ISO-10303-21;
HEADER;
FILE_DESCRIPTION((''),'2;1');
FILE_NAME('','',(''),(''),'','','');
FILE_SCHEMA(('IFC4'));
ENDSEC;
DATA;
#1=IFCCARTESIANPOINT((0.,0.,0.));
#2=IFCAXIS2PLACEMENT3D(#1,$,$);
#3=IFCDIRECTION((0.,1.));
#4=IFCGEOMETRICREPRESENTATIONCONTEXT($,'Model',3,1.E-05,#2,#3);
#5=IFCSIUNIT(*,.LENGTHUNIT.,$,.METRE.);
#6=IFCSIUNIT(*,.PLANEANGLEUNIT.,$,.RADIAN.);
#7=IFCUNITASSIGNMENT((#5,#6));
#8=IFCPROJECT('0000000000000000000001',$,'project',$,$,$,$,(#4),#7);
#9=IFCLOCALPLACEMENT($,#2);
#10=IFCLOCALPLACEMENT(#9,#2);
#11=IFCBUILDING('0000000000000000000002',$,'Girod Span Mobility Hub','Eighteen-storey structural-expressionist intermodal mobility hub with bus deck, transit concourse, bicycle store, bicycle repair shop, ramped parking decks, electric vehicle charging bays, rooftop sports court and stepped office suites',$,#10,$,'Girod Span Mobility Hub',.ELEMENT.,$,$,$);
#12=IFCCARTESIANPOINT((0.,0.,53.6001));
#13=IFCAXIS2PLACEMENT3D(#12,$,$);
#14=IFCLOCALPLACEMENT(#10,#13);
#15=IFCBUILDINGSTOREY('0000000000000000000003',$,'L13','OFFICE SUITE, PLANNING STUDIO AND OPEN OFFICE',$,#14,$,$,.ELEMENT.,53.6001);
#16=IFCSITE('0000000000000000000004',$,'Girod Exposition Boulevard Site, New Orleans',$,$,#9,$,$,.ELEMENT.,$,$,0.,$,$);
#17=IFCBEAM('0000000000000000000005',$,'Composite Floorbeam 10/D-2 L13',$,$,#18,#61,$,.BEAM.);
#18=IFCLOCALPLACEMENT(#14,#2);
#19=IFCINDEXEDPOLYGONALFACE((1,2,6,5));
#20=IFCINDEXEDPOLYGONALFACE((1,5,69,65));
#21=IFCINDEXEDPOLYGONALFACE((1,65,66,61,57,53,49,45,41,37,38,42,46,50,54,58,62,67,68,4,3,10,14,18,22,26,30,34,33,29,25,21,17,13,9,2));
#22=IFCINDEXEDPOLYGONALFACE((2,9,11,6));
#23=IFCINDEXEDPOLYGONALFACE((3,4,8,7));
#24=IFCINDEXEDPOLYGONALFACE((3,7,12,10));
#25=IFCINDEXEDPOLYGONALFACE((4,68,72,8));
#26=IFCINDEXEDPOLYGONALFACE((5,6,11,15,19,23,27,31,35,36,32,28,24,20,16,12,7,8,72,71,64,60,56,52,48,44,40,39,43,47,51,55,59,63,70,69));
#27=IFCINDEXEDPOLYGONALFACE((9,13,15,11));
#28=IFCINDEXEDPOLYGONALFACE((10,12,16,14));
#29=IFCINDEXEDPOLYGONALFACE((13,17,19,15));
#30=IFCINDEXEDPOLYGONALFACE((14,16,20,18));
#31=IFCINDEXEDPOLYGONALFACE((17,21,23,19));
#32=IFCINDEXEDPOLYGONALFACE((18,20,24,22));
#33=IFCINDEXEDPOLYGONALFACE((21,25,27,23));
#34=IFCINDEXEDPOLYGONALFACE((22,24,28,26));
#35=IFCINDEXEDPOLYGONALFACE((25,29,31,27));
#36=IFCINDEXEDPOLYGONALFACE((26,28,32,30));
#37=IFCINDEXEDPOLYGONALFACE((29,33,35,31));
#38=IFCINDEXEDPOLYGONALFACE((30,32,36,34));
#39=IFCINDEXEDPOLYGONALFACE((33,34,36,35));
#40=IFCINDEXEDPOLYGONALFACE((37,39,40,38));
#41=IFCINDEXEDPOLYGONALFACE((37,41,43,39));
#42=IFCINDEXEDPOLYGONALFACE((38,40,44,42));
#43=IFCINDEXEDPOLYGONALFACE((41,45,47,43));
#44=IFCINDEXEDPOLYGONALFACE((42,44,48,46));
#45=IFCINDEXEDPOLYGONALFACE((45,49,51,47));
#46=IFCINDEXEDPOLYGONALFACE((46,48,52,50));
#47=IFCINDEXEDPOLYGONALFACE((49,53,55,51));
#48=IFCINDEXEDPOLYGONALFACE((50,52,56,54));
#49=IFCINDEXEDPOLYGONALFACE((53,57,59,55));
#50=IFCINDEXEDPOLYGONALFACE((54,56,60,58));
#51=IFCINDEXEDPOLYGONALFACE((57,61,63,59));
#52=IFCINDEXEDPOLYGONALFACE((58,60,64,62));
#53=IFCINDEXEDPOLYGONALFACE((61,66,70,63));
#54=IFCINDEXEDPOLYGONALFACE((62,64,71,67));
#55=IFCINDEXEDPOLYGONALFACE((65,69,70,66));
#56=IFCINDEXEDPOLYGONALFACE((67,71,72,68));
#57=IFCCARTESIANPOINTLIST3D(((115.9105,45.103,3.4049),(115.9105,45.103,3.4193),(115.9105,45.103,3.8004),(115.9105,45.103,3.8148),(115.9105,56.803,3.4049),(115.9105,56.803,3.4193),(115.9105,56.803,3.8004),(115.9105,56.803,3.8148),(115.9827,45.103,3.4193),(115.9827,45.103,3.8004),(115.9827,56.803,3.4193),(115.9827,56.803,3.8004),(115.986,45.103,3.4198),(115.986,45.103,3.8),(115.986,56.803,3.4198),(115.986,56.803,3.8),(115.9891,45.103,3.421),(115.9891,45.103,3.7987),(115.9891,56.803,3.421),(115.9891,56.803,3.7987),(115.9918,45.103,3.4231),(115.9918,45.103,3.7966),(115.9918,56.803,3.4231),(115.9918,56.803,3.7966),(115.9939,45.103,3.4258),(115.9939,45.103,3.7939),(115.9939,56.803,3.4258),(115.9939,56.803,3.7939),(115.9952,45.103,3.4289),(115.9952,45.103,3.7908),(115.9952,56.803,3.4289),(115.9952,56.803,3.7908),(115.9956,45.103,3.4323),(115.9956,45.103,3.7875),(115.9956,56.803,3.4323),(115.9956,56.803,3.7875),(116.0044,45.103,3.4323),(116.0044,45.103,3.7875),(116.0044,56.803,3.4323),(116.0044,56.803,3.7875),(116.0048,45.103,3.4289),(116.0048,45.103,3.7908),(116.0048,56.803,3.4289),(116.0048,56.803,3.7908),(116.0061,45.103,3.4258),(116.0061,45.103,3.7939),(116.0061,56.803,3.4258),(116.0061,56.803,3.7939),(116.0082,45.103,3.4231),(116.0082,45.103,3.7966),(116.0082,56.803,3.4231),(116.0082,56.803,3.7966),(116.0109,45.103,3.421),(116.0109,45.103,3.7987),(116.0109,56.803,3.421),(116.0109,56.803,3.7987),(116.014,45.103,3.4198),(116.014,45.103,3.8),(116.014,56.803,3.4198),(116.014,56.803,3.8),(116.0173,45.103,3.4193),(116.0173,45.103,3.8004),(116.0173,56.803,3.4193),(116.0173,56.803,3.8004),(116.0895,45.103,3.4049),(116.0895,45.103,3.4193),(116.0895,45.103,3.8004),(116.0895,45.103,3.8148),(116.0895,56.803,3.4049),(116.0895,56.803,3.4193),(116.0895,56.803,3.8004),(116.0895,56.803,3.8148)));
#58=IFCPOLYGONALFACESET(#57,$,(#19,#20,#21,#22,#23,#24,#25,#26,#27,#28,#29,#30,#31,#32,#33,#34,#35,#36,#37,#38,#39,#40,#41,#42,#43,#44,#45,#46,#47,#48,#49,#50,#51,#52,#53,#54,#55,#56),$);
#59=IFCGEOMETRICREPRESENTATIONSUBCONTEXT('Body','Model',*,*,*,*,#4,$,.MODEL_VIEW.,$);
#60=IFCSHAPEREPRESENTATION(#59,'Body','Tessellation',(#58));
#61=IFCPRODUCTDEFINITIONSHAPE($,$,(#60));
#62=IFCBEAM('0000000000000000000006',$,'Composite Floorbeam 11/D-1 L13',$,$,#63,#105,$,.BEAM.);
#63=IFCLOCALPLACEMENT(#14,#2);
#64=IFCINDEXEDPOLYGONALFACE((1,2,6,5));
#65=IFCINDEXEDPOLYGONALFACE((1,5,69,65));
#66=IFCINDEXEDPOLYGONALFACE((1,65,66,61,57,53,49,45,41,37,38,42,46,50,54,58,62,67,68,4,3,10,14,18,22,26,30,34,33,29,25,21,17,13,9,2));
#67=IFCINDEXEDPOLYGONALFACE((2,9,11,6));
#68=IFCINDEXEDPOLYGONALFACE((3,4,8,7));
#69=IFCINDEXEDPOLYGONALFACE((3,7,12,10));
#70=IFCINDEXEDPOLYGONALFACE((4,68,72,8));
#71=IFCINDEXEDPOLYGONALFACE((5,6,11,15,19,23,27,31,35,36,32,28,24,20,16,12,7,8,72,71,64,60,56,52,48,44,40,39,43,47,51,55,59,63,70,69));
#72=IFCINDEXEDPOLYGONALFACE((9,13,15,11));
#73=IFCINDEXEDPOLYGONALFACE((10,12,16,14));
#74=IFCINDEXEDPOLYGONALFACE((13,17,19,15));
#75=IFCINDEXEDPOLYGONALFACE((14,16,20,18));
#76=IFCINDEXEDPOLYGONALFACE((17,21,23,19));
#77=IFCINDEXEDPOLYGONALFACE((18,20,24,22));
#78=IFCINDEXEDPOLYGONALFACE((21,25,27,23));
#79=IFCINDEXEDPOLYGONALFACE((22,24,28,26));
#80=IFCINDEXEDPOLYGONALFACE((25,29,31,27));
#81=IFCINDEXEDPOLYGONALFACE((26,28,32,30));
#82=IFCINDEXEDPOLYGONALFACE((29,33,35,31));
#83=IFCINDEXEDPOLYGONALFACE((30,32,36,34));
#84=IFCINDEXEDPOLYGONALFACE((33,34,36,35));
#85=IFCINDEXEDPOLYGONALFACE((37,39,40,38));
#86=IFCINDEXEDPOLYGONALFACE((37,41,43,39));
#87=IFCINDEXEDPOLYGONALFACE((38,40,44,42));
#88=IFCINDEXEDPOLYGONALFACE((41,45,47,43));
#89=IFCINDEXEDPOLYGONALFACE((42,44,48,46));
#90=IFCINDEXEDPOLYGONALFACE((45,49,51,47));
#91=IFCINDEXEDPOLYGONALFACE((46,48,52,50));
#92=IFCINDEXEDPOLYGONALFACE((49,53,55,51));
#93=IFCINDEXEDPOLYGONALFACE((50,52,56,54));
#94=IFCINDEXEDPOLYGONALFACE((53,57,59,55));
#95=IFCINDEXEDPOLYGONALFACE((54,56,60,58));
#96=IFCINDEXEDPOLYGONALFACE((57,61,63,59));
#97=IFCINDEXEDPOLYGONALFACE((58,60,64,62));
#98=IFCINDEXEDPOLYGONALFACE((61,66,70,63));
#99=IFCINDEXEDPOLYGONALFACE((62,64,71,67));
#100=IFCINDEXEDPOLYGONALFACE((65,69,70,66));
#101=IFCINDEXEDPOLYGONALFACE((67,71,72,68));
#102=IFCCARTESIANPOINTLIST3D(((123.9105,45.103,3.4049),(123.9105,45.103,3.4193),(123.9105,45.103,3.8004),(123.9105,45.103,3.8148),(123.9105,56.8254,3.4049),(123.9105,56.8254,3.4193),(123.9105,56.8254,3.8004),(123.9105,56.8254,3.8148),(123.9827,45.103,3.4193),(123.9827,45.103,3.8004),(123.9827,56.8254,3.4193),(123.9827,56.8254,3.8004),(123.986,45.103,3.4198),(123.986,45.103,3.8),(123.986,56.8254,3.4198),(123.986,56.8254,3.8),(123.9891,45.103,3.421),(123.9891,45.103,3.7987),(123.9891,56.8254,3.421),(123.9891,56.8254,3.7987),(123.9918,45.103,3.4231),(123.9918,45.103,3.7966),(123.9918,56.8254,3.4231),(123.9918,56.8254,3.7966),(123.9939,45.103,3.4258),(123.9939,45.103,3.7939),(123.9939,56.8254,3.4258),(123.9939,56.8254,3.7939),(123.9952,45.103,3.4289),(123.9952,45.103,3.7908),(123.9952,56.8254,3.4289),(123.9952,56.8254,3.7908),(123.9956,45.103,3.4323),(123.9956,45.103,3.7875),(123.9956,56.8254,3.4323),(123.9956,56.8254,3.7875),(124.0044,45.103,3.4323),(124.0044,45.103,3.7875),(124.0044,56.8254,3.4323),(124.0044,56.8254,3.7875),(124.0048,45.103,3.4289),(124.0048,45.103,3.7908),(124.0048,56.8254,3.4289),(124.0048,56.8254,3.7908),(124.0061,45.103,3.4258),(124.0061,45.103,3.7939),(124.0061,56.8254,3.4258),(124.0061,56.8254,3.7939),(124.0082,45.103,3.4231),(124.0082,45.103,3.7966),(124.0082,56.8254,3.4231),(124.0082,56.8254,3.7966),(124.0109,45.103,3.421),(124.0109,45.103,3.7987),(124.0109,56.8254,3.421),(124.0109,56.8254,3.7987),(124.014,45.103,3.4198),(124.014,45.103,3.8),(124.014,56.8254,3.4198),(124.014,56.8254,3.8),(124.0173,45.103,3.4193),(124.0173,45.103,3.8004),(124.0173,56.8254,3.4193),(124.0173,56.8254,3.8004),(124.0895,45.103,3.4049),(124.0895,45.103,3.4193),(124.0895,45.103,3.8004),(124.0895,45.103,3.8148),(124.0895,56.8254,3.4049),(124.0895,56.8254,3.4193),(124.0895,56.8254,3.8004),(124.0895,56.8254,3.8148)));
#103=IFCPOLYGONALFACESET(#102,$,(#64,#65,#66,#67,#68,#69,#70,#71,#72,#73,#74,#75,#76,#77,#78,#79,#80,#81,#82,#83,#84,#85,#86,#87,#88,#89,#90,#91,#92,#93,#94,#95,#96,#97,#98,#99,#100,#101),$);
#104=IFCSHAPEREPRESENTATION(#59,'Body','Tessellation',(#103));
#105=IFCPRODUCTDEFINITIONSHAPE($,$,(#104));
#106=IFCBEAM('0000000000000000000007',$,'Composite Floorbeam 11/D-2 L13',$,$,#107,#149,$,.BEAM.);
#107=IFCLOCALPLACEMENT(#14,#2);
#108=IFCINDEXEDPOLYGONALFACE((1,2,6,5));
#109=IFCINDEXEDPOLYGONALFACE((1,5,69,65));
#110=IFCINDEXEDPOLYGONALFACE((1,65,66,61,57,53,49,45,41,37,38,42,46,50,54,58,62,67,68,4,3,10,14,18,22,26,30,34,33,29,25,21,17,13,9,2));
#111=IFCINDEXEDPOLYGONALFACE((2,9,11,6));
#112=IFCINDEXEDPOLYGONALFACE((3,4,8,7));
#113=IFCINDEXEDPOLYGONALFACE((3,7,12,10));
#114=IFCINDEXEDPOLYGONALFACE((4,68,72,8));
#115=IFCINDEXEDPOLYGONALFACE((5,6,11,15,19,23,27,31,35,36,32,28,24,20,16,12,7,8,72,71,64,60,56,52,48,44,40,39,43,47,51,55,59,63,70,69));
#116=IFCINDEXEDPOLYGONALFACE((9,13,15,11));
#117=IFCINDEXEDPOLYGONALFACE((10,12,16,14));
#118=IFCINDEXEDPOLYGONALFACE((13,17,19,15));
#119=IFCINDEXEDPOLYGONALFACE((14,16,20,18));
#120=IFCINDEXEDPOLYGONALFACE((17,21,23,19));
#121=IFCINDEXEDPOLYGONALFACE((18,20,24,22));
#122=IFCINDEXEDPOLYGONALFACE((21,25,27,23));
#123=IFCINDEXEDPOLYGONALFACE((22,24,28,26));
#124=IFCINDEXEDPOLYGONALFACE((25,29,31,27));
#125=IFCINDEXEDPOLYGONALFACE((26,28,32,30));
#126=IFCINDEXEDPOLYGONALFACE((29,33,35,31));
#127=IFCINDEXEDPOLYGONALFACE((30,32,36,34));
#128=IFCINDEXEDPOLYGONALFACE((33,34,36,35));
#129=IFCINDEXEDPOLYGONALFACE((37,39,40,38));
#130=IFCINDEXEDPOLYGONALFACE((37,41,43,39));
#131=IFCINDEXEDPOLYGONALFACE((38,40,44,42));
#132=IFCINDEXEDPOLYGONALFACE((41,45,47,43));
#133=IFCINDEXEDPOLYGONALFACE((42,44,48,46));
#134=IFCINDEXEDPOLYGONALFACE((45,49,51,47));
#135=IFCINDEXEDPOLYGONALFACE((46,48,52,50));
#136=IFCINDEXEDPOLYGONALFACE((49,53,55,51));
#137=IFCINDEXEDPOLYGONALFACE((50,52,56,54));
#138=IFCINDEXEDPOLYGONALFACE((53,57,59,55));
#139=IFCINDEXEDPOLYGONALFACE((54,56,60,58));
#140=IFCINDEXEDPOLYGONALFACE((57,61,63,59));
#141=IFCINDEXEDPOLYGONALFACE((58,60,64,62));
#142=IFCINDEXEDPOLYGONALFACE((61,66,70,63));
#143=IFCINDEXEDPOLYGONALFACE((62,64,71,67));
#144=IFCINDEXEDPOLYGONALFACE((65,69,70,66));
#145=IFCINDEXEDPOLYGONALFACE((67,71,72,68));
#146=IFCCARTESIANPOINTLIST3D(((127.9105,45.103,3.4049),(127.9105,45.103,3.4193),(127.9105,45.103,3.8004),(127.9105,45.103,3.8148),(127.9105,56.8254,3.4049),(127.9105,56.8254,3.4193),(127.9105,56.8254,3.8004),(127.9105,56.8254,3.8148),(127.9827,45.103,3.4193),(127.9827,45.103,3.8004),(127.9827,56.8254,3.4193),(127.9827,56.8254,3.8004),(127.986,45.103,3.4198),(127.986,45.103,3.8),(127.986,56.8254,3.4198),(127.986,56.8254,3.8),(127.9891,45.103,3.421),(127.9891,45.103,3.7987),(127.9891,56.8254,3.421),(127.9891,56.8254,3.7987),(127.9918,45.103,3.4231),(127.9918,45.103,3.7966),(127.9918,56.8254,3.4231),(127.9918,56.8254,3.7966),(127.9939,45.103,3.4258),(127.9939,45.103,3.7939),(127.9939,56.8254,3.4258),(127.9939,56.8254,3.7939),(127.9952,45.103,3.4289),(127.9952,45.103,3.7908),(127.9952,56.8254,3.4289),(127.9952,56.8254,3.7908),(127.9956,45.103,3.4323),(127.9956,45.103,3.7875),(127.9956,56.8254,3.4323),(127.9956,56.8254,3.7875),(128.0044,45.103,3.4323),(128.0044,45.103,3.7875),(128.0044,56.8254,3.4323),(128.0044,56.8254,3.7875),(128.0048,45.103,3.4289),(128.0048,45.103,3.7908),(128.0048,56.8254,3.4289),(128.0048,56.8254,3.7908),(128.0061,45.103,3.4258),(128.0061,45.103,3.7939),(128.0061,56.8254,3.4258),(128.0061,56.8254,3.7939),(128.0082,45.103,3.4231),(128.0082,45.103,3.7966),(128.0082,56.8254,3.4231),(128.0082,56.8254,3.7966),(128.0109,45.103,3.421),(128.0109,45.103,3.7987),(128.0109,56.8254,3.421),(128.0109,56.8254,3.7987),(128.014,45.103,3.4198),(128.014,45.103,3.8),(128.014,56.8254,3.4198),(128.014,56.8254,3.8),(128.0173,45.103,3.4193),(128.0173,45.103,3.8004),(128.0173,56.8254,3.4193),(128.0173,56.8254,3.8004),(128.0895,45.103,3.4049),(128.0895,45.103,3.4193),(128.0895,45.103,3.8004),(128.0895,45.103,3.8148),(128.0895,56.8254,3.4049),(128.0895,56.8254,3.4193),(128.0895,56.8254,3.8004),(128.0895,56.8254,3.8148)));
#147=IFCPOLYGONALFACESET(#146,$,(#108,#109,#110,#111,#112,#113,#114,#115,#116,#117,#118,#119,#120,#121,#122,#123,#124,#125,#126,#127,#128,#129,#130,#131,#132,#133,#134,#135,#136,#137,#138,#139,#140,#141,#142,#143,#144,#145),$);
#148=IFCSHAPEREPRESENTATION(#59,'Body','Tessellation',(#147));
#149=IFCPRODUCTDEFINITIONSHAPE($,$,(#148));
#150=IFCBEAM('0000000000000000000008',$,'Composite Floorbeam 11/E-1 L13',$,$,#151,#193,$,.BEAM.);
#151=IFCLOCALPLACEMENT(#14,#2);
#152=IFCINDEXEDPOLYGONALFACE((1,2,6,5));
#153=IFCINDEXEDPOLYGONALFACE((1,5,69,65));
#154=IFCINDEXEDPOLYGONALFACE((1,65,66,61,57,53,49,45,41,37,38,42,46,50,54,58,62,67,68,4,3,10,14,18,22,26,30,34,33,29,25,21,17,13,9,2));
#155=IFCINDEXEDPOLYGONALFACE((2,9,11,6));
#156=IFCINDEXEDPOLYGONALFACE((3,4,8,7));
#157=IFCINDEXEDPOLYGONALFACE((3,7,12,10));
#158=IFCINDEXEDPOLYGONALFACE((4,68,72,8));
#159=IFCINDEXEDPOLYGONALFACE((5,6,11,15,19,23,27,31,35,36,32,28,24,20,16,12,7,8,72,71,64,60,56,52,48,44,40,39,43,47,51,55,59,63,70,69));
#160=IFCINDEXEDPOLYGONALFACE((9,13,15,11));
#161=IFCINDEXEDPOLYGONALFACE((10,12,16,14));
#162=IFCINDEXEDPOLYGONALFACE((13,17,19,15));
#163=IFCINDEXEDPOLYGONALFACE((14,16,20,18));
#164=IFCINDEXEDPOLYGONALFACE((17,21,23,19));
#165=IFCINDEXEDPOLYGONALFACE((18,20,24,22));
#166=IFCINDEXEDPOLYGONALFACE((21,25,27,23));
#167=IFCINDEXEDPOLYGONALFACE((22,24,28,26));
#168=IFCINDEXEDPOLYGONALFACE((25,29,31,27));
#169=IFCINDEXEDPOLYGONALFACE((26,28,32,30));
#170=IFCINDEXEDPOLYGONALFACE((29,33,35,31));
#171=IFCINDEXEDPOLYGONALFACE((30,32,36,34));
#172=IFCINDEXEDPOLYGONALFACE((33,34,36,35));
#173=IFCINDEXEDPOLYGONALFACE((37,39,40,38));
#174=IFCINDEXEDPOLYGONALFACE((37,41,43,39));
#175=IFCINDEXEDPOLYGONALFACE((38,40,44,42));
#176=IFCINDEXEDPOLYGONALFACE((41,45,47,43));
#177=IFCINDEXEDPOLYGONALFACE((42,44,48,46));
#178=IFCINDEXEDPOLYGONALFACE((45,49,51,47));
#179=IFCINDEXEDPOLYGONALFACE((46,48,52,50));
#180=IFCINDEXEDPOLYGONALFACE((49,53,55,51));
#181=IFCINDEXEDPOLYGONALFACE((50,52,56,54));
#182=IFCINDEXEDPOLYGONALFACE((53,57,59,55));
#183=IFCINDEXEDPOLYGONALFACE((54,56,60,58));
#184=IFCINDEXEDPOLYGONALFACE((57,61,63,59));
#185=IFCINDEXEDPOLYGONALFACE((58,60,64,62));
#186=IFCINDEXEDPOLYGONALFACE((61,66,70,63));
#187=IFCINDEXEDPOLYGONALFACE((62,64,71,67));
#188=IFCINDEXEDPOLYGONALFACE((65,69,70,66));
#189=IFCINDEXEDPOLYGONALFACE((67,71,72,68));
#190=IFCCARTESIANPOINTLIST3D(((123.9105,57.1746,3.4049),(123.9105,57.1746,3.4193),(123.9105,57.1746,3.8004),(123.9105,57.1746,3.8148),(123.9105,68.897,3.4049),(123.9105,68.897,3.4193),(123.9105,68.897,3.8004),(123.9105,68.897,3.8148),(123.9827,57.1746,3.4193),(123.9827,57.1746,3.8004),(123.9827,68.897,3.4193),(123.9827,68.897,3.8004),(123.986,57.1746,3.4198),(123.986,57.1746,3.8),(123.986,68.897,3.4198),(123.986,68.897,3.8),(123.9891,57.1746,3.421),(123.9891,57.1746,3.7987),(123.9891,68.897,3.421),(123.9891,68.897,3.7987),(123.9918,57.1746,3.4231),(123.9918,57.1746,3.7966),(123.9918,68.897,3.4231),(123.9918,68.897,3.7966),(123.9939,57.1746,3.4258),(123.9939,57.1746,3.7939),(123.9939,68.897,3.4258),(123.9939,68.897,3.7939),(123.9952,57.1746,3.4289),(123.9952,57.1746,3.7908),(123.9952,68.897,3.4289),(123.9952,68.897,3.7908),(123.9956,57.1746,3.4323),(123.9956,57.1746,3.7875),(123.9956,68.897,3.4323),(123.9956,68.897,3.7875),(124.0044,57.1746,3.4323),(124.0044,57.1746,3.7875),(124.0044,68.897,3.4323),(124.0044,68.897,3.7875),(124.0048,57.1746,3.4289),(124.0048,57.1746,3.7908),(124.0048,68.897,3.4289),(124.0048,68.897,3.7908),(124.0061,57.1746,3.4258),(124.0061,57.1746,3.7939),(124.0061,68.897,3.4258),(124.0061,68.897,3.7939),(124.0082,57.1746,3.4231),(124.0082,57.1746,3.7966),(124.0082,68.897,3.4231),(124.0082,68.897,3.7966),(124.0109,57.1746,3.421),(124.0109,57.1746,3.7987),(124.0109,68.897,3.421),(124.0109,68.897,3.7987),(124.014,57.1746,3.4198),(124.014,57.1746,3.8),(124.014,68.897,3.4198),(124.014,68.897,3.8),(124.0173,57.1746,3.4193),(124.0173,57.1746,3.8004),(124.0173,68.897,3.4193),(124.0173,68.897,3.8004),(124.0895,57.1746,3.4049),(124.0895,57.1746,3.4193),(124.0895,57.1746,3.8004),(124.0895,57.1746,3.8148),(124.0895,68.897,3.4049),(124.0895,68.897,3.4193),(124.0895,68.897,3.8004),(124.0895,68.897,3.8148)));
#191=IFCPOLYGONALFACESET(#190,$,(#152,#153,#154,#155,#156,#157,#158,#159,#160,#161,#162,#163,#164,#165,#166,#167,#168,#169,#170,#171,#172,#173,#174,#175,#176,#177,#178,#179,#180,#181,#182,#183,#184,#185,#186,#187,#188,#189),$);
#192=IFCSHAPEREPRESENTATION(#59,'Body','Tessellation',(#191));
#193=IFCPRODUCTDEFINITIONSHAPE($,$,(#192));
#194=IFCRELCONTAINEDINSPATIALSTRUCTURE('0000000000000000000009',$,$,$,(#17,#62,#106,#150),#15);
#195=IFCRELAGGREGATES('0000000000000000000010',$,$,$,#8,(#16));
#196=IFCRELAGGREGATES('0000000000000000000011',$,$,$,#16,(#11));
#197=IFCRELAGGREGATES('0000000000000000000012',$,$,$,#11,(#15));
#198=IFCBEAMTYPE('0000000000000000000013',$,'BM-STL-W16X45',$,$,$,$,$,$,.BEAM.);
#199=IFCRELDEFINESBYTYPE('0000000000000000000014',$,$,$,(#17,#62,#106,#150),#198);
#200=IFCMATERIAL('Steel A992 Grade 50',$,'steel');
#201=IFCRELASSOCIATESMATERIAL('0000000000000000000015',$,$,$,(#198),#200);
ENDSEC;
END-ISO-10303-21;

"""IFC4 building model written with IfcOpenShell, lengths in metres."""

from ifc_helpers import new_model, si_unit, direction, frame, origin, origin_2d, place, context, subcontext, project, spatial, i_section, extrude, material, material_profile, profile_set, type_object, element, save


model = new_model("IFC4")

# Units and contexts
model_context = context("Model", 3, precision=1e-05, world=origin(), true_north=direction((0.0, 1.0)))
body_context = subcontext(model_context, "Body", "Model", "MODEL_VIEW")
ifc_project = project(units=[si_unit("LENGTHUNIT", "METRE"), si_unit("PLANEANGLEUNIT", "RADIAN")], contexts=[model_context])

# Site, building, storey
site_placement = place(None, origin())
site = spatial("IfcSite", under=ifc_project, at=site_placement, Name="Girod Exposition Boulevard Site, New Orleans", CompositionType="ELEMENT", RefElevation=0.0)
building_placement = place(site_placement, origin())
building = spatial("IfcBuilding", under=site, at=building_placement, Name="Girod Span Mobility Hub", Description="Eighteen-storey structural-expressionist intermodal mobility hub with bus deck, transit concourse, bicycle store, bicycle repair shop, ramped parking decks, electric vehicle charging bays, rooftop sports court and stepped office suites", LongName="Girod Span Mobility Hub", CompositionType="ELEMENT")
storey_placement = place(building_placement, frame((0.0, 0.0, 53.6001)))
storey = spatial("IfcBuildingStorey", under=building, at=storey_placement, Name="L13", Description="OFFICE SUITE, PLANNING STUDIO AND OPEN OFFICE", CompositionType="ELEMENT", Elevation=53.6001)

# Beams
ifc_material_1 = material(Name="Steel A992 Grade 50", Category="steel")
ifc_material_profile_1 = material_profile(ifc_material_1, i_section(OverallWidth=0.179, OverallDepth=0.4099, WebThickness=0.0088, FlangeThickness=0.0144, FilletRadius=0.0129, at=origin_2d()), Name="W16X45")
ifc_profile_set_1 = profile_set([ifc_material_profile_1], Name="Steel A992 Grade 50")
beam_type_1 = type_object("IfcBeamType", Name="BM-STL-W16X45", PredefinedType="BEAM", material=ifc_profile_set_1)
beam_1_placement = place(storey_placement, frame((116.0, 45.103, 3.6099), z_axis=(0.0, 1.0, 0.0), x_axis=(-1.0, 0.0, 0.0)))
element("IfcBeam", 1, at=beam_1_placement, inside=storey, type_object=beam_type_1, Name="Composite Floorbeam 10/D-2 L13", PredefinedType="BEAM", context=body_context, shape_type="SweptSolid", body=[
    extrude(i_section(OverallWidth=0.179, OverallDepth=0.4099, WebThickness=0.0088, FlangeThickness=0.0144, FilletRadius=0.0129, at=origin_2d()), origin(), (0.0, 0.0, 1.0), 11.7),
])
for number, where, z_axis, x_axis, name in (
    (2, (124.0, 45.103, 3.6099), (0.0, 1.0, 0.0), (-1.0, 0.0, 0.0), "Composite Floorbeam 11/D-1 L13"),
    (3, (128.0, 45.103, 3.6099), (0.0, 1.0, 0.0), (-1.0, 0.0, 0.0), "Composite Floorbeam 11/D-2 L13"),
    (4, (124.0, 57.1746, 3.6099), (0.0, 1.0, 0.0), (-1.0, 0.0, 0.0), "Composite Floorbeam 11/E-1 L13"),
):
    element("IfcBeam", number, at=place(storey_placement, frame(where, z_axis=z_axis, x_axis=x_axis)), inside=storey, type_object=beam_type_1, Name=name, PredefinedType="BEAM", context=body_context, shape_type="SweptSolid", body=[
        extrude(i_section(OverallWidth=0.179, OverallDepth=0.4099, WebThickness=0.0088, FlangeThickness=0.0144, FilletRadius=0.0129, at=origin_2d()), origin(), (0.0, 0.0, 1.0), 11.7224),
    ])

save(model, "model.ifc")
